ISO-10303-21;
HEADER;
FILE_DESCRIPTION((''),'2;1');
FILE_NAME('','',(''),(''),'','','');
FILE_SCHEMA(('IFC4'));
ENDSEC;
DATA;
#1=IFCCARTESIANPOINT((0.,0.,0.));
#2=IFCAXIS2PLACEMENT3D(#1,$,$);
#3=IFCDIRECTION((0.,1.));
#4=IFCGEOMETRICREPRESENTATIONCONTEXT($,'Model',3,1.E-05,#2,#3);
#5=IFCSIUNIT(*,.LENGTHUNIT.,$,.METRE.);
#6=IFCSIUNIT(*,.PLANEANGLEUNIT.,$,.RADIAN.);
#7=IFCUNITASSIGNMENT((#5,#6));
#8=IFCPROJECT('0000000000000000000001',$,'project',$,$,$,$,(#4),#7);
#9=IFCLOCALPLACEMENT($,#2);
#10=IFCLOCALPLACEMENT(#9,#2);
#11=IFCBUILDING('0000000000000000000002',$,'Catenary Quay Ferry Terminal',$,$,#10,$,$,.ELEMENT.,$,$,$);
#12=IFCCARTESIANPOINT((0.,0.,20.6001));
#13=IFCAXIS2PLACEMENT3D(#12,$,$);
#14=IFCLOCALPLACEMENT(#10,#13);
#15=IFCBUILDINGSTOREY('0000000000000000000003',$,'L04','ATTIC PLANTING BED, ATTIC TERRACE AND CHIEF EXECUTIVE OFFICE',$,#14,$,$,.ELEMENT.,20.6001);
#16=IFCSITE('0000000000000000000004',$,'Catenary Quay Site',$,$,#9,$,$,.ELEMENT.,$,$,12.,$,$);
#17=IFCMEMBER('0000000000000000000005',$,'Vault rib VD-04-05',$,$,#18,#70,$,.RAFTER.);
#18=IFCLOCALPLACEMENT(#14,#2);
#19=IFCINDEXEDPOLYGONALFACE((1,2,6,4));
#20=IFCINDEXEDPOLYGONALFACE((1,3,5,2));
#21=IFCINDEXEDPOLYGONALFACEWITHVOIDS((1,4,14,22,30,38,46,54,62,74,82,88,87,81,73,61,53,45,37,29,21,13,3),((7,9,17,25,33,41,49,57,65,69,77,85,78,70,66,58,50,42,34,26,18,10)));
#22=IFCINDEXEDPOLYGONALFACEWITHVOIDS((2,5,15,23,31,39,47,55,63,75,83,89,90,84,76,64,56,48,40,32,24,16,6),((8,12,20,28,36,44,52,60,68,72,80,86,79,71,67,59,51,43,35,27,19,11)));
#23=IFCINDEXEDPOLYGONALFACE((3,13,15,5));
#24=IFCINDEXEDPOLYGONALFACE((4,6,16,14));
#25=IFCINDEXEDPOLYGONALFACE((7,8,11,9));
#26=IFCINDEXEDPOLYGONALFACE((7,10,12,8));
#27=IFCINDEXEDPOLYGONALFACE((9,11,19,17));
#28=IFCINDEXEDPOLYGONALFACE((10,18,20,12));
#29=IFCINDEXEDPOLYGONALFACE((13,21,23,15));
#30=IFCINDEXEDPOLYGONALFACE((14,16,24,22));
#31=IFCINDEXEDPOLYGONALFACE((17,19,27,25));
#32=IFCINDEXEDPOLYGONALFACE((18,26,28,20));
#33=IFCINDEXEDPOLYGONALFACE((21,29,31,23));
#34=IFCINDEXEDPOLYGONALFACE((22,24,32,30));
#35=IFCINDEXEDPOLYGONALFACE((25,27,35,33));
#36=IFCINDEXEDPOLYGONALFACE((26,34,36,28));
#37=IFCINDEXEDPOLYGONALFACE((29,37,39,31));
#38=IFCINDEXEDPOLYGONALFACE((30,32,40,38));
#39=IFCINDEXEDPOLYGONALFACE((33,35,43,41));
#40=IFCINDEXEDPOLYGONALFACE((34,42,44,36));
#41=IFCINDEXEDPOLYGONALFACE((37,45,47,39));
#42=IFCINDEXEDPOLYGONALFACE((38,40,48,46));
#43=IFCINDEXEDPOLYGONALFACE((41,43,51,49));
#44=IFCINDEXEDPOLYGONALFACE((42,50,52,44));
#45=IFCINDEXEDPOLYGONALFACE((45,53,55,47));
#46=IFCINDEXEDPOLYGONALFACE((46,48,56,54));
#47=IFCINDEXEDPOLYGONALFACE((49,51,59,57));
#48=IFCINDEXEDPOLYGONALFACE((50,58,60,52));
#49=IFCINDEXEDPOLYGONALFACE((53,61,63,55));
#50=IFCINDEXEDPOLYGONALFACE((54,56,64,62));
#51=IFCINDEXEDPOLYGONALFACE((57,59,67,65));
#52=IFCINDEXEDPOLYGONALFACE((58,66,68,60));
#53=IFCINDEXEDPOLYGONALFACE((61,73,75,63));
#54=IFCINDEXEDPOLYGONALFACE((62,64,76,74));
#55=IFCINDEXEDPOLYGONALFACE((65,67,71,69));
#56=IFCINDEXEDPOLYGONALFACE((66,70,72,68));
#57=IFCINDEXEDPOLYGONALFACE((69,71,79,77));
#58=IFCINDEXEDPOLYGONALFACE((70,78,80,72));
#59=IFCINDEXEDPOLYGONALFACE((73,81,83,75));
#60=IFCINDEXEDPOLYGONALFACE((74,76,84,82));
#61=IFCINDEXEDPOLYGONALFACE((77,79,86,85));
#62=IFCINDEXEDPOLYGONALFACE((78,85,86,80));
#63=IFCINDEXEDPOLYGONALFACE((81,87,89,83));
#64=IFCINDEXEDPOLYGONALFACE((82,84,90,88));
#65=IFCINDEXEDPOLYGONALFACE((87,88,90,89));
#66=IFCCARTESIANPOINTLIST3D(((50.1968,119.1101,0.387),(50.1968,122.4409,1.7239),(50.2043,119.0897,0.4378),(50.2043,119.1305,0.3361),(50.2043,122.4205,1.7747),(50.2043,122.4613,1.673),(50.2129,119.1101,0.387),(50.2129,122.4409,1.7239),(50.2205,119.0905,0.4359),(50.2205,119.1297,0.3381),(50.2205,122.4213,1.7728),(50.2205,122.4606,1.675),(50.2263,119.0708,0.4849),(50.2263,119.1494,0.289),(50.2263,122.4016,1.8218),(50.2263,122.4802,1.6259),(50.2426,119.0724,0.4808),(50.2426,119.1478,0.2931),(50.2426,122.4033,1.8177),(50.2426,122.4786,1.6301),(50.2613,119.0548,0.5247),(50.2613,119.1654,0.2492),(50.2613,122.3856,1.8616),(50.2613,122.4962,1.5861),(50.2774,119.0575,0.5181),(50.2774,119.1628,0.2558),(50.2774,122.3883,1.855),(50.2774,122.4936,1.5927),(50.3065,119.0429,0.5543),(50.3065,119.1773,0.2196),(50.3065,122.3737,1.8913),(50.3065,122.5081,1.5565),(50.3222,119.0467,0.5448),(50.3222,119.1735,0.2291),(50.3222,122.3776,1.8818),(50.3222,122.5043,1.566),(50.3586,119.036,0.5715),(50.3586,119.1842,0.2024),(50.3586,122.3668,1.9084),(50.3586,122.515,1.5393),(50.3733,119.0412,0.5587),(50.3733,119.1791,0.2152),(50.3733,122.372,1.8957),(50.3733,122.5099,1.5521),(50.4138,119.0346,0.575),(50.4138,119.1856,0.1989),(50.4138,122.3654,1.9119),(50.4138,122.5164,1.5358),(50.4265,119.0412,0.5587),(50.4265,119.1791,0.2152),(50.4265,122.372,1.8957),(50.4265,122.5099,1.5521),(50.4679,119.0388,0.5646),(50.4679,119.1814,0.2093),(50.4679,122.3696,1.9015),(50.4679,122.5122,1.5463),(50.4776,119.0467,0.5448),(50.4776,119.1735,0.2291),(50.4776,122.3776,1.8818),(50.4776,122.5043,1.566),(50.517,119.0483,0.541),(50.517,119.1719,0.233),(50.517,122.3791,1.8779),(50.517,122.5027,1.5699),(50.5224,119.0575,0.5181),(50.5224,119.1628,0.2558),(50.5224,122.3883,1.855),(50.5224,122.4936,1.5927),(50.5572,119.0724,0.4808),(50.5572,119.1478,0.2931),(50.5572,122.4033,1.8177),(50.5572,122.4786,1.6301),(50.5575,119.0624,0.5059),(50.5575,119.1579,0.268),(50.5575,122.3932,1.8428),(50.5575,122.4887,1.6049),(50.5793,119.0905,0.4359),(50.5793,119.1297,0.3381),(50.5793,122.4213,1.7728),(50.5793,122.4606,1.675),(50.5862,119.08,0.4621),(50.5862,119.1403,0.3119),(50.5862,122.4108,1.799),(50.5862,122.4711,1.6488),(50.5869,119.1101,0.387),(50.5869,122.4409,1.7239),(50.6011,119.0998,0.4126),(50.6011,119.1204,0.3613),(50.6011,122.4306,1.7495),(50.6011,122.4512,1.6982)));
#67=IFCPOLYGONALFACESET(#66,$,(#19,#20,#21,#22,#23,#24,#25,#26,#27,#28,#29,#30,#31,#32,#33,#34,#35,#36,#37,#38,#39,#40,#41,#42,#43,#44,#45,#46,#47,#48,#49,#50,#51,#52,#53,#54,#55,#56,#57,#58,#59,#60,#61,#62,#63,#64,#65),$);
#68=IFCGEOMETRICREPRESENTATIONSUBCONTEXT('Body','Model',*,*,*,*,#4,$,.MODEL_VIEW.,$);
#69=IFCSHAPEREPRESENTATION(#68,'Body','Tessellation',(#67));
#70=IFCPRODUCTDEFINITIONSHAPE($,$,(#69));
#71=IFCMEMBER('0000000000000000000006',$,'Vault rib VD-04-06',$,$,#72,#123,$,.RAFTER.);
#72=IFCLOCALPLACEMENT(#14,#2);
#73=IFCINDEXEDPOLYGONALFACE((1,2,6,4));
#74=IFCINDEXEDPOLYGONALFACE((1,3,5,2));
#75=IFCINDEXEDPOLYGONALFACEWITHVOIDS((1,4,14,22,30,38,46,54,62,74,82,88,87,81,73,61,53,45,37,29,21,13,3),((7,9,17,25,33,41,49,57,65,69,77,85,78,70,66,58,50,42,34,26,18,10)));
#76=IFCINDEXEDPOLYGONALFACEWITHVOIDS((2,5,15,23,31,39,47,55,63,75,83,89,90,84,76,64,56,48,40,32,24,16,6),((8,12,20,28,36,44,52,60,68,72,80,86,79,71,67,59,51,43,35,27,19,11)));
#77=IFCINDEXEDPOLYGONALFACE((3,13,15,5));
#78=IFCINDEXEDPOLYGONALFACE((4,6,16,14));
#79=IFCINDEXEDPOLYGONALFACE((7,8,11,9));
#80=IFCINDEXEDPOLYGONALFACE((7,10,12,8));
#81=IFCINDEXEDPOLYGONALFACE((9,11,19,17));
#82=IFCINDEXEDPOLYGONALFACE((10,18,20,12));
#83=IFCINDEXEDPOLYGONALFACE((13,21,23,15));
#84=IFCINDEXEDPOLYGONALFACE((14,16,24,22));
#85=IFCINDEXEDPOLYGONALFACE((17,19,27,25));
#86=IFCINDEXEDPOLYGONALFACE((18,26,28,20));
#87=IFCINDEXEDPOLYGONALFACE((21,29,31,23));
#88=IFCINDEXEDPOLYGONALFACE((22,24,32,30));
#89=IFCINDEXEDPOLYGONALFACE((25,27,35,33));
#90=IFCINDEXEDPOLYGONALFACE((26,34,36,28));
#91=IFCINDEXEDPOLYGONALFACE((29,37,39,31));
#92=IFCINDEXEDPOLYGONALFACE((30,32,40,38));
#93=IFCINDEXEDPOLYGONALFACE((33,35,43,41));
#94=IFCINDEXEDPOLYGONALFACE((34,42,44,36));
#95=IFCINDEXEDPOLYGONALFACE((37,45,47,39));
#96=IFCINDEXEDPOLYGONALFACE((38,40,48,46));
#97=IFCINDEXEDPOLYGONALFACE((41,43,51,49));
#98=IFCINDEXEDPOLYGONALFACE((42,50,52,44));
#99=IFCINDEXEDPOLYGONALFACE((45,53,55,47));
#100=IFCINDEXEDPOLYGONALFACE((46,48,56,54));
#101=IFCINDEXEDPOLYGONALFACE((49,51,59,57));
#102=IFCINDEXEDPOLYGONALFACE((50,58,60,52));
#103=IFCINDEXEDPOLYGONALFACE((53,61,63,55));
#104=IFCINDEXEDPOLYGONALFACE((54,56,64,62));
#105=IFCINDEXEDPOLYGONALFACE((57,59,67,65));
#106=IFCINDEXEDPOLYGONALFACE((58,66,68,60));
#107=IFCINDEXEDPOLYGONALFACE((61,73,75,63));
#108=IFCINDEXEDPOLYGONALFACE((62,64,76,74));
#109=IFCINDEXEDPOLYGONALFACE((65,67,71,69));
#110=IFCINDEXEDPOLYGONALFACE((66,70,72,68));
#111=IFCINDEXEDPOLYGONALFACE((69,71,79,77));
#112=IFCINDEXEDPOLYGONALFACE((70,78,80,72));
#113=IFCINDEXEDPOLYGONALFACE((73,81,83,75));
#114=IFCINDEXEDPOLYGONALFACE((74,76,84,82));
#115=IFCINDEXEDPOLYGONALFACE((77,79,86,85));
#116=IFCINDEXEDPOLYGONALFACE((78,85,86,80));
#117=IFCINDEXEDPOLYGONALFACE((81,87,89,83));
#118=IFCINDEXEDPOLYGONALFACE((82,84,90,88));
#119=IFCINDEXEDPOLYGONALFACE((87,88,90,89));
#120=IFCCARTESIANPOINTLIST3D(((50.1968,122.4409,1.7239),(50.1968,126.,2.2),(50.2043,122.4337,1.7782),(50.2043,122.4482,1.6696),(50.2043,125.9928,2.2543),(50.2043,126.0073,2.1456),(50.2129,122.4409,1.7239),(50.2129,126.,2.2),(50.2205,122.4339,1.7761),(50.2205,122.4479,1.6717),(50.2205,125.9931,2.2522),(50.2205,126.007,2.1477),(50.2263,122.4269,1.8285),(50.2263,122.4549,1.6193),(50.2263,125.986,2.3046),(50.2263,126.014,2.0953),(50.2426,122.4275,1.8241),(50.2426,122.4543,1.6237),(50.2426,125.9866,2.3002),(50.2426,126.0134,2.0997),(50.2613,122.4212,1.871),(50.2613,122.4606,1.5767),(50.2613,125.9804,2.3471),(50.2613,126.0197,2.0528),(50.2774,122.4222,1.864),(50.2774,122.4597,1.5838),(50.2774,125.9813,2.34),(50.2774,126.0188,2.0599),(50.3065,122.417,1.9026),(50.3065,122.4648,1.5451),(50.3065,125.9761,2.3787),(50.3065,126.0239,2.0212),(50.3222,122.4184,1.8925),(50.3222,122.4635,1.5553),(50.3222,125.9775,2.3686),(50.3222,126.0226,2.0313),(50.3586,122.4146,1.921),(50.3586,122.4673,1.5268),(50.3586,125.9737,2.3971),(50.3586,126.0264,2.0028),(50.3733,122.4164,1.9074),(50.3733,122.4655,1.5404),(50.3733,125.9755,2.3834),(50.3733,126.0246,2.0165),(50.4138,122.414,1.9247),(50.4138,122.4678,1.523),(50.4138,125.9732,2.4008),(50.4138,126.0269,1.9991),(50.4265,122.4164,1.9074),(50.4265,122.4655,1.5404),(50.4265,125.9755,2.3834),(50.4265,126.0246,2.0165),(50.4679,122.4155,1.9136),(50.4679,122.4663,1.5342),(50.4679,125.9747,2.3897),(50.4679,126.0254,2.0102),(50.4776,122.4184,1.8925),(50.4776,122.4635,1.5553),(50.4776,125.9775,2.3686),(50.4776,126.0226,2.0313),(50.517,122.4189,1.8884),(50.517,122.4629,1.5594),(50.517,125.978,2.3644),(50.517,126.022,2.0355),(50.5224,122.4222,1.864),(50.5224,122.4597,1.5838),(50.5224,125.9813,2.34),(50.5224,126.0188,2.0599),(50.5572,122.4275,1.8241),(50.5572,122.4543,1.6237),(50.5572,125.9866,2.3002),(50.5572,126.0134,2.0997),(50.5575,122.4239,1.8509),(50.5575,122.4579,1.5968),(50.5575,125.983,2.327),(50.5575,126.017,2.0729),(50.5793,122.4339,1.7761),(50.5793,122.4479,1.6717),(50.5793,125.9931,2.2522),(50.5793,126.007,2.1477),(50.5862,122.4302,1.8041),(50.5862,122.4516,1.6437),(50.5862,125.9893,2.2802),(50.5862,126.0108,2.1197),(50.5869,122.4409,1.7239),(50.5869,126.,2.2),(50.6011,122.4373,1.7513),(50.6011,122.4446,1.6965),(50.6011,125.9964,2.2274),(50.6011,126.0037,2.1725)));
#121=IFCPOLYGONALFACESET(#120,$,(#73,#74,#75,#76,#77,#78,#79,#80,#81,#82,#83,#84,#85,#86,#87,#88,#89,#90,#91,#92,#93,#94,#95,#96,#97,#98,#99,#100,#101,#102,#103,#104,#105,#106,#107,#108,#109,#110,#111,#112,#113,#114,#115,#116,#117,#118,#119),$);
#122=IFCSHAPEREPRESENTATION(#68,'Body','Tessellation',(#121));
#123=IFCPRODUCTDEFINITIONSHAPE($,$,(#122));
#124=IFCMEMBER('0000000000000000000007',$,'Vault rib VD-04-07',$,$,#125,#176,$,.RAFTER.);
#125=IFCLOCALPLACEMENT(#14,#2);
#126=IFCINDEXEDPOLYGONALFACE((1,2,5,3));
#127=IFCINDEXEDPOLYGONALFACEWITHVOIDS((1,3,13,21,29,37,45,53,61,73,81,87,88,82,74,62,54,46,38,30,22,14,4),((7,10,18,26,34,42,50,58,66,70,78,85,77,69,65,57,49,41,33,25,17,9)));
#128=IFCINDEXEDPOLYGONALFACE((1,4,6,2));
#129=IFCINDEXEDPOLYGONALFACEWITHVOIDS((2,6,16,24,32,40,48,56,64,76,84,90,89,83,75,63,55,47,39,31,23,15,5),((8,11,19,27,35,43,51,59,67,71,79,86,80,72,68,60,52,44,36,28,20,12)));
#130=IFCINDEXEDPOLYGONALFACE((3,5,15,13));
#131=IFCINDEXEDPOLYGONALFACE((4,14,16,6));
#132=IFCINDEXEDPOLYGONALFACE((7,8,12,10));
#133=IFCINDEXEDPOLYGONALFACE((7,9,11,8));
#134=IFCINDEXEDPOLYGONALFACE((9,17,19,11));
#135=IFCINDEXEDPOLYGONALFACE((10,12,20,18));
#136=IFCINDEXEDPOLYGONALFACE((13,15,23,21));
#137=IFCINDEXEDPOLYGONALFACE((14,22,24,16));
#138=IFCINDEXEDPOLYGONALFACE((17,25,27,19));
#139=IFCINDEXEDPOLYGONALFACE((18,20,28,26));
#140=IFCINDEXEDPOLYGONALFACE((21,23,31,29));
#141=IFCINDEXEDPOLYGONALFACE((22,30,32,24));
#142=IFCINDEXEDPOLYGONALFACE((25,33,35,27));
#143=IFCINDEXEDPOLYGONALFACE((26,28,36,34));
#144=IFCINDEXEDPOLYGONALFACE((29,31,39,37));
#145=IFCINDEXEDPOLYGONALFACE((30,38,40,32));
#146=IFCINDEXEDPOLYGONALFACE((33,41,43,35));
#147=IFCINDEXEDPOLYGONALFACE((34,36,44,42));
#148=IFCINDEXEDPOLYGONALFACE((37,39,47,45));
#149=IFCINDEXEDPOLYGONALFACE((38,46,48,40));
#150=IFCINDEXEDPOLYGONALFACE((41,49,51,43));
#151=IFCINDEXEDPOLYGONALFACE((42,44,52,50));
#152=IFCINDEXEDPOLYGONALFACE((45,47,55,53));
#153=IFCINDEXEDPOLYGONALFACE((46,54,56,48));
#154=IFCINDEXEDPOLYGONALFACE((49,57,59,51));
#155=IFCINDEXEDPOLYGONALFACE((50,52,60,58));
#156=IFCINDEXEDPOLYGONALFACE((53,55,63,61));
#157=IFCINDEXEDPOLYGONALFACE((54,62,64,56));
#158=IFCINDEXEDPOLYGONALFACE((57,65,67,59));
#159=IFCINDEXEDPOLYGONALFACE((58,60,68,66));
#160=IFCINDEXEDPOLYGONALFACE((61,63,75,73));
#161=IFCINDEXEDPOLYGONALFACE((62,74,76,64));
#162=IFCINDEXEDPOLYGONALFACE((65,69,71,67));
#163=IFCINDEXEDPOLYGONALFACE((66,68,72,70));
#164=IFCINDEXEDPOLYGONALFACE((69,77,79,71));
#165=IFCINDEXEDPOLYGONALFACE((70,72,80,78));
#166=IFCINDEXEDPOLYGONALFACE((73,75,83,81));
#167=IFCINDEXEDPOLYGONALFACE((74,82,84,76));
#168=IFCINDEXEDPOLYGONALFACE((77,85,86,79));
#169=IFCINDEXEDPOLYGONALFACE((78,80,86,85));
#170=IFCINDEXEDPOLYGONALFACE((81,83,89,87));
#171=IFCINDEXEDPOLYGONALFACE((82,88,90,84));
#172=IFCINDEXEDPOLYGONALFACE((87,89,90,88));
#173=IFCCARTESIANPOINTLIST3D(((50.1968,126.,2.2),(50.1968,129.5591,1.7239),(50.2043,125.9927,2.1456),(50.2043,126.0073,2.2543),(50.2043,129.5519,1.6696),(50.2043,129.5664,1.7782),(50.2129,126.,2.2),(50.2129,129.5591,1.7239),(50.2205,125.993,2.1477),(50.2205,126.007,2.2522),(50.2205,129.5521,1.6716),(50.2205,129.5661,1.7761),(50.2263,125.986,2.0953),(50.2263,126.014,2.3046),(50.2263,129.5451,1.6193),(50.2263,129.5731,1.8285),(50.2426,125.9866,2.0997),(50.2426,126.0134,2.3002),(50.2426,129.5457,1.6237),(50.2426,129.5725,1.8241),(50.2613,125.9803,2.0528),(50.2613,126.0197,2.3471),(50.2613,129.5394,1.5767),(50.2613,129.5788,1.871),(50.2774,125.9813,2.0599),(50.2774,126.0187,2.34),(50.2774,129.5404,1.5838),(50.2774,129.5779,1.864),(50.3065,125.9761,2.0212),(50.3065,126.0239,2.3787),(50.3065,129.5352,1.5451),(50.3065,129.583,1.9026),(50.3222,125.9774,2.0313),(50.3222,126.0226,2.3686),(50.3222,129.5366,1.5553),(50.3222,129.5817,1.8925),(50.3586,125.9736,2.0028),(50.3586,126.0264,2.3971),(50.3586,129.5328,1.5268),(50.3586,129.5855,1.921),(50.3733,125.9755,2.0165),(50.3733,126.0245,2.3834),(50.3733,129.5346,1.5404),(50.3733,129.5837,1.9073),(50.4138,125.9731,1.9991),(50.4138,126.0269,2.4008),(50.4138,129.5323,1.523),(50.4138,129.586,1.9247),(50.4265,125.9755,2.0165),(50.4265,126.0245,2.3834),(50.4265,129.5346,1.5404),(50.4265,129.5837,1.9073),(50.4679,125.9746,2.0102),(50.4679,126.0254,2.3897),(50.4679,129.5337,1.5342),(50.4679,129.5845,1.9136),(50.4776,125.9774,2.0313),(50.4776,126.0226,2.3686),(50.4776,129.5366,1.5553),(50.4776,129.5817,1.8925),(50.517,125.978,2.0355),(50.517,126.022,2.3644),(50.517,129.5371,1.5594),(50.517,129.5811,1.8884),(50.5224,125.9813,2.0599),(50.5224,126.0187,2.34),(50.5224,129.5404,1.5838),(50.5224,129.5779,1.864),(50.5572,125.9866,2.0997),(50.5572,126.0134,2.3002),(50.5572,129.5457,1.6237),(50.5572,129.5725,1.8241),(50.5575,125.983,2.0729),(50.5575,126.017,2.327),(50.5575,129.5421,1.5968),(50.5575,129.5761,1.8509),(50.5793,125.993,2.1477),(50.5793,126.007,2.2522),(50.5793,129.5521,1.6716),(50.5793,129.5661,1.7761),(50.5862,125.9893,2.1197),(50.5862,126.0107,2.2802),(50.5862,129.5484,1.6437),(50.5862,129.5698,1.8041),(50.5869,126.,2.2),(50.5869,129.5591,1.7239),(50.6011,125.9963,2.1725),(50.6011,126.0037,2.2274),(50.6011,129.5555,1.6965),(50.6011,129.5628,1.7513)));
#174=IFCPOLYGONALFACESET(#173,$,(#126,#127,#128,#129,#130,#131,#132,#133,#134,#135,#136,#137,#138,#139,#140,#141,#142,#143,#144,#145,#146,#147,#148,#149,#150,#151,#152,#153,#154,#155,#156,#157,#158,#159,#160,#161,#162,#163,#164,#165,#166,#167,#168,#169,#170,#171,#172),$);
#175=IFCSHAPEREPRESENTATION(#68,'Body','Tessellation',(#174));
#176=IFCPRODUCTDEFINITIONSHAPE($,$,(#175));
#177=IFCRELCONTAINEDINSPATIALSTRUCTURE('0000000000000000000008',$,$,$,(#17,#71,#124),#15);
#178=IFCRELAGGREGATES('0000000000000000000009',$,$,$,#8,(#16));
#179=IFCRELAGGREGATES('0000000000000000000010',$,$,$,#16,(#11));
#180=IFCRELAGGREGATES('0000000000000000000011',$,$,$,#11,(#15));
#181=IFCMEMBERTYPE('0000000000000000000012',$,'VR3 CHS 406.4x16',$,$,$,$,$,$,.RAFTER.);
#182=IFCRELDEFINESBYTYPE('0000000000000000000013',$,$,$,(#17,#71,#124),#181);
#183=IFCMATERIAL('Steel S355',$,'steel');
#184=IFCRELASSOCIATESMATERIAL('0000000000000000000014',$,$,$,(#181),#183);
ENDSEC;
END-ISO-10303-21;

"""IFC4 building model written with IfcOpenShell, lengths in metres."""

from ifc_helpers import new_model, si_unit, direction, frame, origin, origin_2d, place, context, subcontext, project, spatial, hollow_circle, extrude, material, material_profile, profile_set, type_object, element, save


model = new_model("IFC4")

# Units and contexts
model_context = context("Model", 3, precision=1e-05, world=origin(), true_north=direction((0.0, 1.0)))
body_context = subcontext(model_context, "Body", "Model", "MODEL_VIEW")
ifc_project = project(units=[si_unit("LENGTHUNIT", "METRE"), si_unit("PLANEANGLEUNIT", "RADIAN")], contexts=[model_context])

# Site, building, storey
site_placement = place(None, origin())
site = spatial("IfcSite", under=ifc_project, at=site_placement, Name="Catenary Quay Site", CompositionType="ELEMENT", RefElevation=12.0)
building_placement = place(site_placement, origin())
building = spatial("IfcBuilding", under=site, at=building_placement, Name="Catenary Quay Ferry Terminal", CompositionType="ELEMENT")
storey_placement = place(building_placement, frame((0.0, 0.0, 20.6001)))
storey = spatial("IfcBuildingStorey", under=building, at=storey_placement, Name="L04", Description="ATTIC PLANTING BED, ATTIC TERRACE AND CHIEF EXECUTIVE OFFICE", CompositionType="ELEMENT", Elevation=20.6001)

# Members
ifc_material_1 = material(Name="Steel S355", Category="steel")
ifc_material_profile_1 = material_profile(ifc_material_1, hollow_circle(Radius=0.2031, WallThickness=0.0161, at=origin_2d()), Name="CHS 406.4x16")
ifc_profile_set_1 = profile_set([ifc_material_profile_1], Name="Steel S355")
member_type_1 = type_object("IfcMemberType", Name="VR3 CHS 406.4x16", PredefinedType="RAFTER", material=ifc_profile_set_1)
member_1_placement = place(storey_placement, frame((50.3999, 119.1101, 0.387), z_axis=(0.0, 0.928035, 0.372493), x_axis=(-1.0, 0.0, 0.0)))
element("IfcMember", 1, at=member_1_placement, inside=storey, type_object=member_type_1, Name="Vault rib VD-04-05", PredefinedType="RAFTER", context=body_context, shape_type="SweptSolid", body=[
    extrude(hollow_circle(Radius=0.2031, WallThickness=0.0161, at=origin_2d()), origin(), (0.0, 0.0, 1.0), 3.5891),
])
for number, where, z_axis, x_axis, name in (
    (2, (50.3999, 122.4409, 1.7239), (0.0, 0.991172, 0.132582), (-1.0, 0.0, 0.0), "Vault rib VD-04-06"),
    (3, (50.3999, 126.0, 2.2), (0.0, 0.991172, -0.132582), (-1.0, 0.0, 0.0), "Vault rib VD-04-07"),
):
    element("IfcMember", number, at=place(storey_placement, frame(where, z_axis=z_axis, x_axis=x_axis)), inside=storey, type_object=member_type_1, Name=name, PredefinedType="RAFTER", context=body_context, shape_type="SweptSolid", body=[
        extrude(hollow_circle(Radius=0.2031, WallThickness=0.0161, at=origin_2d()), origin(), (0.0, 0.0, 1.0), 3.5908),
    ])

save(model, "model.ifc")
